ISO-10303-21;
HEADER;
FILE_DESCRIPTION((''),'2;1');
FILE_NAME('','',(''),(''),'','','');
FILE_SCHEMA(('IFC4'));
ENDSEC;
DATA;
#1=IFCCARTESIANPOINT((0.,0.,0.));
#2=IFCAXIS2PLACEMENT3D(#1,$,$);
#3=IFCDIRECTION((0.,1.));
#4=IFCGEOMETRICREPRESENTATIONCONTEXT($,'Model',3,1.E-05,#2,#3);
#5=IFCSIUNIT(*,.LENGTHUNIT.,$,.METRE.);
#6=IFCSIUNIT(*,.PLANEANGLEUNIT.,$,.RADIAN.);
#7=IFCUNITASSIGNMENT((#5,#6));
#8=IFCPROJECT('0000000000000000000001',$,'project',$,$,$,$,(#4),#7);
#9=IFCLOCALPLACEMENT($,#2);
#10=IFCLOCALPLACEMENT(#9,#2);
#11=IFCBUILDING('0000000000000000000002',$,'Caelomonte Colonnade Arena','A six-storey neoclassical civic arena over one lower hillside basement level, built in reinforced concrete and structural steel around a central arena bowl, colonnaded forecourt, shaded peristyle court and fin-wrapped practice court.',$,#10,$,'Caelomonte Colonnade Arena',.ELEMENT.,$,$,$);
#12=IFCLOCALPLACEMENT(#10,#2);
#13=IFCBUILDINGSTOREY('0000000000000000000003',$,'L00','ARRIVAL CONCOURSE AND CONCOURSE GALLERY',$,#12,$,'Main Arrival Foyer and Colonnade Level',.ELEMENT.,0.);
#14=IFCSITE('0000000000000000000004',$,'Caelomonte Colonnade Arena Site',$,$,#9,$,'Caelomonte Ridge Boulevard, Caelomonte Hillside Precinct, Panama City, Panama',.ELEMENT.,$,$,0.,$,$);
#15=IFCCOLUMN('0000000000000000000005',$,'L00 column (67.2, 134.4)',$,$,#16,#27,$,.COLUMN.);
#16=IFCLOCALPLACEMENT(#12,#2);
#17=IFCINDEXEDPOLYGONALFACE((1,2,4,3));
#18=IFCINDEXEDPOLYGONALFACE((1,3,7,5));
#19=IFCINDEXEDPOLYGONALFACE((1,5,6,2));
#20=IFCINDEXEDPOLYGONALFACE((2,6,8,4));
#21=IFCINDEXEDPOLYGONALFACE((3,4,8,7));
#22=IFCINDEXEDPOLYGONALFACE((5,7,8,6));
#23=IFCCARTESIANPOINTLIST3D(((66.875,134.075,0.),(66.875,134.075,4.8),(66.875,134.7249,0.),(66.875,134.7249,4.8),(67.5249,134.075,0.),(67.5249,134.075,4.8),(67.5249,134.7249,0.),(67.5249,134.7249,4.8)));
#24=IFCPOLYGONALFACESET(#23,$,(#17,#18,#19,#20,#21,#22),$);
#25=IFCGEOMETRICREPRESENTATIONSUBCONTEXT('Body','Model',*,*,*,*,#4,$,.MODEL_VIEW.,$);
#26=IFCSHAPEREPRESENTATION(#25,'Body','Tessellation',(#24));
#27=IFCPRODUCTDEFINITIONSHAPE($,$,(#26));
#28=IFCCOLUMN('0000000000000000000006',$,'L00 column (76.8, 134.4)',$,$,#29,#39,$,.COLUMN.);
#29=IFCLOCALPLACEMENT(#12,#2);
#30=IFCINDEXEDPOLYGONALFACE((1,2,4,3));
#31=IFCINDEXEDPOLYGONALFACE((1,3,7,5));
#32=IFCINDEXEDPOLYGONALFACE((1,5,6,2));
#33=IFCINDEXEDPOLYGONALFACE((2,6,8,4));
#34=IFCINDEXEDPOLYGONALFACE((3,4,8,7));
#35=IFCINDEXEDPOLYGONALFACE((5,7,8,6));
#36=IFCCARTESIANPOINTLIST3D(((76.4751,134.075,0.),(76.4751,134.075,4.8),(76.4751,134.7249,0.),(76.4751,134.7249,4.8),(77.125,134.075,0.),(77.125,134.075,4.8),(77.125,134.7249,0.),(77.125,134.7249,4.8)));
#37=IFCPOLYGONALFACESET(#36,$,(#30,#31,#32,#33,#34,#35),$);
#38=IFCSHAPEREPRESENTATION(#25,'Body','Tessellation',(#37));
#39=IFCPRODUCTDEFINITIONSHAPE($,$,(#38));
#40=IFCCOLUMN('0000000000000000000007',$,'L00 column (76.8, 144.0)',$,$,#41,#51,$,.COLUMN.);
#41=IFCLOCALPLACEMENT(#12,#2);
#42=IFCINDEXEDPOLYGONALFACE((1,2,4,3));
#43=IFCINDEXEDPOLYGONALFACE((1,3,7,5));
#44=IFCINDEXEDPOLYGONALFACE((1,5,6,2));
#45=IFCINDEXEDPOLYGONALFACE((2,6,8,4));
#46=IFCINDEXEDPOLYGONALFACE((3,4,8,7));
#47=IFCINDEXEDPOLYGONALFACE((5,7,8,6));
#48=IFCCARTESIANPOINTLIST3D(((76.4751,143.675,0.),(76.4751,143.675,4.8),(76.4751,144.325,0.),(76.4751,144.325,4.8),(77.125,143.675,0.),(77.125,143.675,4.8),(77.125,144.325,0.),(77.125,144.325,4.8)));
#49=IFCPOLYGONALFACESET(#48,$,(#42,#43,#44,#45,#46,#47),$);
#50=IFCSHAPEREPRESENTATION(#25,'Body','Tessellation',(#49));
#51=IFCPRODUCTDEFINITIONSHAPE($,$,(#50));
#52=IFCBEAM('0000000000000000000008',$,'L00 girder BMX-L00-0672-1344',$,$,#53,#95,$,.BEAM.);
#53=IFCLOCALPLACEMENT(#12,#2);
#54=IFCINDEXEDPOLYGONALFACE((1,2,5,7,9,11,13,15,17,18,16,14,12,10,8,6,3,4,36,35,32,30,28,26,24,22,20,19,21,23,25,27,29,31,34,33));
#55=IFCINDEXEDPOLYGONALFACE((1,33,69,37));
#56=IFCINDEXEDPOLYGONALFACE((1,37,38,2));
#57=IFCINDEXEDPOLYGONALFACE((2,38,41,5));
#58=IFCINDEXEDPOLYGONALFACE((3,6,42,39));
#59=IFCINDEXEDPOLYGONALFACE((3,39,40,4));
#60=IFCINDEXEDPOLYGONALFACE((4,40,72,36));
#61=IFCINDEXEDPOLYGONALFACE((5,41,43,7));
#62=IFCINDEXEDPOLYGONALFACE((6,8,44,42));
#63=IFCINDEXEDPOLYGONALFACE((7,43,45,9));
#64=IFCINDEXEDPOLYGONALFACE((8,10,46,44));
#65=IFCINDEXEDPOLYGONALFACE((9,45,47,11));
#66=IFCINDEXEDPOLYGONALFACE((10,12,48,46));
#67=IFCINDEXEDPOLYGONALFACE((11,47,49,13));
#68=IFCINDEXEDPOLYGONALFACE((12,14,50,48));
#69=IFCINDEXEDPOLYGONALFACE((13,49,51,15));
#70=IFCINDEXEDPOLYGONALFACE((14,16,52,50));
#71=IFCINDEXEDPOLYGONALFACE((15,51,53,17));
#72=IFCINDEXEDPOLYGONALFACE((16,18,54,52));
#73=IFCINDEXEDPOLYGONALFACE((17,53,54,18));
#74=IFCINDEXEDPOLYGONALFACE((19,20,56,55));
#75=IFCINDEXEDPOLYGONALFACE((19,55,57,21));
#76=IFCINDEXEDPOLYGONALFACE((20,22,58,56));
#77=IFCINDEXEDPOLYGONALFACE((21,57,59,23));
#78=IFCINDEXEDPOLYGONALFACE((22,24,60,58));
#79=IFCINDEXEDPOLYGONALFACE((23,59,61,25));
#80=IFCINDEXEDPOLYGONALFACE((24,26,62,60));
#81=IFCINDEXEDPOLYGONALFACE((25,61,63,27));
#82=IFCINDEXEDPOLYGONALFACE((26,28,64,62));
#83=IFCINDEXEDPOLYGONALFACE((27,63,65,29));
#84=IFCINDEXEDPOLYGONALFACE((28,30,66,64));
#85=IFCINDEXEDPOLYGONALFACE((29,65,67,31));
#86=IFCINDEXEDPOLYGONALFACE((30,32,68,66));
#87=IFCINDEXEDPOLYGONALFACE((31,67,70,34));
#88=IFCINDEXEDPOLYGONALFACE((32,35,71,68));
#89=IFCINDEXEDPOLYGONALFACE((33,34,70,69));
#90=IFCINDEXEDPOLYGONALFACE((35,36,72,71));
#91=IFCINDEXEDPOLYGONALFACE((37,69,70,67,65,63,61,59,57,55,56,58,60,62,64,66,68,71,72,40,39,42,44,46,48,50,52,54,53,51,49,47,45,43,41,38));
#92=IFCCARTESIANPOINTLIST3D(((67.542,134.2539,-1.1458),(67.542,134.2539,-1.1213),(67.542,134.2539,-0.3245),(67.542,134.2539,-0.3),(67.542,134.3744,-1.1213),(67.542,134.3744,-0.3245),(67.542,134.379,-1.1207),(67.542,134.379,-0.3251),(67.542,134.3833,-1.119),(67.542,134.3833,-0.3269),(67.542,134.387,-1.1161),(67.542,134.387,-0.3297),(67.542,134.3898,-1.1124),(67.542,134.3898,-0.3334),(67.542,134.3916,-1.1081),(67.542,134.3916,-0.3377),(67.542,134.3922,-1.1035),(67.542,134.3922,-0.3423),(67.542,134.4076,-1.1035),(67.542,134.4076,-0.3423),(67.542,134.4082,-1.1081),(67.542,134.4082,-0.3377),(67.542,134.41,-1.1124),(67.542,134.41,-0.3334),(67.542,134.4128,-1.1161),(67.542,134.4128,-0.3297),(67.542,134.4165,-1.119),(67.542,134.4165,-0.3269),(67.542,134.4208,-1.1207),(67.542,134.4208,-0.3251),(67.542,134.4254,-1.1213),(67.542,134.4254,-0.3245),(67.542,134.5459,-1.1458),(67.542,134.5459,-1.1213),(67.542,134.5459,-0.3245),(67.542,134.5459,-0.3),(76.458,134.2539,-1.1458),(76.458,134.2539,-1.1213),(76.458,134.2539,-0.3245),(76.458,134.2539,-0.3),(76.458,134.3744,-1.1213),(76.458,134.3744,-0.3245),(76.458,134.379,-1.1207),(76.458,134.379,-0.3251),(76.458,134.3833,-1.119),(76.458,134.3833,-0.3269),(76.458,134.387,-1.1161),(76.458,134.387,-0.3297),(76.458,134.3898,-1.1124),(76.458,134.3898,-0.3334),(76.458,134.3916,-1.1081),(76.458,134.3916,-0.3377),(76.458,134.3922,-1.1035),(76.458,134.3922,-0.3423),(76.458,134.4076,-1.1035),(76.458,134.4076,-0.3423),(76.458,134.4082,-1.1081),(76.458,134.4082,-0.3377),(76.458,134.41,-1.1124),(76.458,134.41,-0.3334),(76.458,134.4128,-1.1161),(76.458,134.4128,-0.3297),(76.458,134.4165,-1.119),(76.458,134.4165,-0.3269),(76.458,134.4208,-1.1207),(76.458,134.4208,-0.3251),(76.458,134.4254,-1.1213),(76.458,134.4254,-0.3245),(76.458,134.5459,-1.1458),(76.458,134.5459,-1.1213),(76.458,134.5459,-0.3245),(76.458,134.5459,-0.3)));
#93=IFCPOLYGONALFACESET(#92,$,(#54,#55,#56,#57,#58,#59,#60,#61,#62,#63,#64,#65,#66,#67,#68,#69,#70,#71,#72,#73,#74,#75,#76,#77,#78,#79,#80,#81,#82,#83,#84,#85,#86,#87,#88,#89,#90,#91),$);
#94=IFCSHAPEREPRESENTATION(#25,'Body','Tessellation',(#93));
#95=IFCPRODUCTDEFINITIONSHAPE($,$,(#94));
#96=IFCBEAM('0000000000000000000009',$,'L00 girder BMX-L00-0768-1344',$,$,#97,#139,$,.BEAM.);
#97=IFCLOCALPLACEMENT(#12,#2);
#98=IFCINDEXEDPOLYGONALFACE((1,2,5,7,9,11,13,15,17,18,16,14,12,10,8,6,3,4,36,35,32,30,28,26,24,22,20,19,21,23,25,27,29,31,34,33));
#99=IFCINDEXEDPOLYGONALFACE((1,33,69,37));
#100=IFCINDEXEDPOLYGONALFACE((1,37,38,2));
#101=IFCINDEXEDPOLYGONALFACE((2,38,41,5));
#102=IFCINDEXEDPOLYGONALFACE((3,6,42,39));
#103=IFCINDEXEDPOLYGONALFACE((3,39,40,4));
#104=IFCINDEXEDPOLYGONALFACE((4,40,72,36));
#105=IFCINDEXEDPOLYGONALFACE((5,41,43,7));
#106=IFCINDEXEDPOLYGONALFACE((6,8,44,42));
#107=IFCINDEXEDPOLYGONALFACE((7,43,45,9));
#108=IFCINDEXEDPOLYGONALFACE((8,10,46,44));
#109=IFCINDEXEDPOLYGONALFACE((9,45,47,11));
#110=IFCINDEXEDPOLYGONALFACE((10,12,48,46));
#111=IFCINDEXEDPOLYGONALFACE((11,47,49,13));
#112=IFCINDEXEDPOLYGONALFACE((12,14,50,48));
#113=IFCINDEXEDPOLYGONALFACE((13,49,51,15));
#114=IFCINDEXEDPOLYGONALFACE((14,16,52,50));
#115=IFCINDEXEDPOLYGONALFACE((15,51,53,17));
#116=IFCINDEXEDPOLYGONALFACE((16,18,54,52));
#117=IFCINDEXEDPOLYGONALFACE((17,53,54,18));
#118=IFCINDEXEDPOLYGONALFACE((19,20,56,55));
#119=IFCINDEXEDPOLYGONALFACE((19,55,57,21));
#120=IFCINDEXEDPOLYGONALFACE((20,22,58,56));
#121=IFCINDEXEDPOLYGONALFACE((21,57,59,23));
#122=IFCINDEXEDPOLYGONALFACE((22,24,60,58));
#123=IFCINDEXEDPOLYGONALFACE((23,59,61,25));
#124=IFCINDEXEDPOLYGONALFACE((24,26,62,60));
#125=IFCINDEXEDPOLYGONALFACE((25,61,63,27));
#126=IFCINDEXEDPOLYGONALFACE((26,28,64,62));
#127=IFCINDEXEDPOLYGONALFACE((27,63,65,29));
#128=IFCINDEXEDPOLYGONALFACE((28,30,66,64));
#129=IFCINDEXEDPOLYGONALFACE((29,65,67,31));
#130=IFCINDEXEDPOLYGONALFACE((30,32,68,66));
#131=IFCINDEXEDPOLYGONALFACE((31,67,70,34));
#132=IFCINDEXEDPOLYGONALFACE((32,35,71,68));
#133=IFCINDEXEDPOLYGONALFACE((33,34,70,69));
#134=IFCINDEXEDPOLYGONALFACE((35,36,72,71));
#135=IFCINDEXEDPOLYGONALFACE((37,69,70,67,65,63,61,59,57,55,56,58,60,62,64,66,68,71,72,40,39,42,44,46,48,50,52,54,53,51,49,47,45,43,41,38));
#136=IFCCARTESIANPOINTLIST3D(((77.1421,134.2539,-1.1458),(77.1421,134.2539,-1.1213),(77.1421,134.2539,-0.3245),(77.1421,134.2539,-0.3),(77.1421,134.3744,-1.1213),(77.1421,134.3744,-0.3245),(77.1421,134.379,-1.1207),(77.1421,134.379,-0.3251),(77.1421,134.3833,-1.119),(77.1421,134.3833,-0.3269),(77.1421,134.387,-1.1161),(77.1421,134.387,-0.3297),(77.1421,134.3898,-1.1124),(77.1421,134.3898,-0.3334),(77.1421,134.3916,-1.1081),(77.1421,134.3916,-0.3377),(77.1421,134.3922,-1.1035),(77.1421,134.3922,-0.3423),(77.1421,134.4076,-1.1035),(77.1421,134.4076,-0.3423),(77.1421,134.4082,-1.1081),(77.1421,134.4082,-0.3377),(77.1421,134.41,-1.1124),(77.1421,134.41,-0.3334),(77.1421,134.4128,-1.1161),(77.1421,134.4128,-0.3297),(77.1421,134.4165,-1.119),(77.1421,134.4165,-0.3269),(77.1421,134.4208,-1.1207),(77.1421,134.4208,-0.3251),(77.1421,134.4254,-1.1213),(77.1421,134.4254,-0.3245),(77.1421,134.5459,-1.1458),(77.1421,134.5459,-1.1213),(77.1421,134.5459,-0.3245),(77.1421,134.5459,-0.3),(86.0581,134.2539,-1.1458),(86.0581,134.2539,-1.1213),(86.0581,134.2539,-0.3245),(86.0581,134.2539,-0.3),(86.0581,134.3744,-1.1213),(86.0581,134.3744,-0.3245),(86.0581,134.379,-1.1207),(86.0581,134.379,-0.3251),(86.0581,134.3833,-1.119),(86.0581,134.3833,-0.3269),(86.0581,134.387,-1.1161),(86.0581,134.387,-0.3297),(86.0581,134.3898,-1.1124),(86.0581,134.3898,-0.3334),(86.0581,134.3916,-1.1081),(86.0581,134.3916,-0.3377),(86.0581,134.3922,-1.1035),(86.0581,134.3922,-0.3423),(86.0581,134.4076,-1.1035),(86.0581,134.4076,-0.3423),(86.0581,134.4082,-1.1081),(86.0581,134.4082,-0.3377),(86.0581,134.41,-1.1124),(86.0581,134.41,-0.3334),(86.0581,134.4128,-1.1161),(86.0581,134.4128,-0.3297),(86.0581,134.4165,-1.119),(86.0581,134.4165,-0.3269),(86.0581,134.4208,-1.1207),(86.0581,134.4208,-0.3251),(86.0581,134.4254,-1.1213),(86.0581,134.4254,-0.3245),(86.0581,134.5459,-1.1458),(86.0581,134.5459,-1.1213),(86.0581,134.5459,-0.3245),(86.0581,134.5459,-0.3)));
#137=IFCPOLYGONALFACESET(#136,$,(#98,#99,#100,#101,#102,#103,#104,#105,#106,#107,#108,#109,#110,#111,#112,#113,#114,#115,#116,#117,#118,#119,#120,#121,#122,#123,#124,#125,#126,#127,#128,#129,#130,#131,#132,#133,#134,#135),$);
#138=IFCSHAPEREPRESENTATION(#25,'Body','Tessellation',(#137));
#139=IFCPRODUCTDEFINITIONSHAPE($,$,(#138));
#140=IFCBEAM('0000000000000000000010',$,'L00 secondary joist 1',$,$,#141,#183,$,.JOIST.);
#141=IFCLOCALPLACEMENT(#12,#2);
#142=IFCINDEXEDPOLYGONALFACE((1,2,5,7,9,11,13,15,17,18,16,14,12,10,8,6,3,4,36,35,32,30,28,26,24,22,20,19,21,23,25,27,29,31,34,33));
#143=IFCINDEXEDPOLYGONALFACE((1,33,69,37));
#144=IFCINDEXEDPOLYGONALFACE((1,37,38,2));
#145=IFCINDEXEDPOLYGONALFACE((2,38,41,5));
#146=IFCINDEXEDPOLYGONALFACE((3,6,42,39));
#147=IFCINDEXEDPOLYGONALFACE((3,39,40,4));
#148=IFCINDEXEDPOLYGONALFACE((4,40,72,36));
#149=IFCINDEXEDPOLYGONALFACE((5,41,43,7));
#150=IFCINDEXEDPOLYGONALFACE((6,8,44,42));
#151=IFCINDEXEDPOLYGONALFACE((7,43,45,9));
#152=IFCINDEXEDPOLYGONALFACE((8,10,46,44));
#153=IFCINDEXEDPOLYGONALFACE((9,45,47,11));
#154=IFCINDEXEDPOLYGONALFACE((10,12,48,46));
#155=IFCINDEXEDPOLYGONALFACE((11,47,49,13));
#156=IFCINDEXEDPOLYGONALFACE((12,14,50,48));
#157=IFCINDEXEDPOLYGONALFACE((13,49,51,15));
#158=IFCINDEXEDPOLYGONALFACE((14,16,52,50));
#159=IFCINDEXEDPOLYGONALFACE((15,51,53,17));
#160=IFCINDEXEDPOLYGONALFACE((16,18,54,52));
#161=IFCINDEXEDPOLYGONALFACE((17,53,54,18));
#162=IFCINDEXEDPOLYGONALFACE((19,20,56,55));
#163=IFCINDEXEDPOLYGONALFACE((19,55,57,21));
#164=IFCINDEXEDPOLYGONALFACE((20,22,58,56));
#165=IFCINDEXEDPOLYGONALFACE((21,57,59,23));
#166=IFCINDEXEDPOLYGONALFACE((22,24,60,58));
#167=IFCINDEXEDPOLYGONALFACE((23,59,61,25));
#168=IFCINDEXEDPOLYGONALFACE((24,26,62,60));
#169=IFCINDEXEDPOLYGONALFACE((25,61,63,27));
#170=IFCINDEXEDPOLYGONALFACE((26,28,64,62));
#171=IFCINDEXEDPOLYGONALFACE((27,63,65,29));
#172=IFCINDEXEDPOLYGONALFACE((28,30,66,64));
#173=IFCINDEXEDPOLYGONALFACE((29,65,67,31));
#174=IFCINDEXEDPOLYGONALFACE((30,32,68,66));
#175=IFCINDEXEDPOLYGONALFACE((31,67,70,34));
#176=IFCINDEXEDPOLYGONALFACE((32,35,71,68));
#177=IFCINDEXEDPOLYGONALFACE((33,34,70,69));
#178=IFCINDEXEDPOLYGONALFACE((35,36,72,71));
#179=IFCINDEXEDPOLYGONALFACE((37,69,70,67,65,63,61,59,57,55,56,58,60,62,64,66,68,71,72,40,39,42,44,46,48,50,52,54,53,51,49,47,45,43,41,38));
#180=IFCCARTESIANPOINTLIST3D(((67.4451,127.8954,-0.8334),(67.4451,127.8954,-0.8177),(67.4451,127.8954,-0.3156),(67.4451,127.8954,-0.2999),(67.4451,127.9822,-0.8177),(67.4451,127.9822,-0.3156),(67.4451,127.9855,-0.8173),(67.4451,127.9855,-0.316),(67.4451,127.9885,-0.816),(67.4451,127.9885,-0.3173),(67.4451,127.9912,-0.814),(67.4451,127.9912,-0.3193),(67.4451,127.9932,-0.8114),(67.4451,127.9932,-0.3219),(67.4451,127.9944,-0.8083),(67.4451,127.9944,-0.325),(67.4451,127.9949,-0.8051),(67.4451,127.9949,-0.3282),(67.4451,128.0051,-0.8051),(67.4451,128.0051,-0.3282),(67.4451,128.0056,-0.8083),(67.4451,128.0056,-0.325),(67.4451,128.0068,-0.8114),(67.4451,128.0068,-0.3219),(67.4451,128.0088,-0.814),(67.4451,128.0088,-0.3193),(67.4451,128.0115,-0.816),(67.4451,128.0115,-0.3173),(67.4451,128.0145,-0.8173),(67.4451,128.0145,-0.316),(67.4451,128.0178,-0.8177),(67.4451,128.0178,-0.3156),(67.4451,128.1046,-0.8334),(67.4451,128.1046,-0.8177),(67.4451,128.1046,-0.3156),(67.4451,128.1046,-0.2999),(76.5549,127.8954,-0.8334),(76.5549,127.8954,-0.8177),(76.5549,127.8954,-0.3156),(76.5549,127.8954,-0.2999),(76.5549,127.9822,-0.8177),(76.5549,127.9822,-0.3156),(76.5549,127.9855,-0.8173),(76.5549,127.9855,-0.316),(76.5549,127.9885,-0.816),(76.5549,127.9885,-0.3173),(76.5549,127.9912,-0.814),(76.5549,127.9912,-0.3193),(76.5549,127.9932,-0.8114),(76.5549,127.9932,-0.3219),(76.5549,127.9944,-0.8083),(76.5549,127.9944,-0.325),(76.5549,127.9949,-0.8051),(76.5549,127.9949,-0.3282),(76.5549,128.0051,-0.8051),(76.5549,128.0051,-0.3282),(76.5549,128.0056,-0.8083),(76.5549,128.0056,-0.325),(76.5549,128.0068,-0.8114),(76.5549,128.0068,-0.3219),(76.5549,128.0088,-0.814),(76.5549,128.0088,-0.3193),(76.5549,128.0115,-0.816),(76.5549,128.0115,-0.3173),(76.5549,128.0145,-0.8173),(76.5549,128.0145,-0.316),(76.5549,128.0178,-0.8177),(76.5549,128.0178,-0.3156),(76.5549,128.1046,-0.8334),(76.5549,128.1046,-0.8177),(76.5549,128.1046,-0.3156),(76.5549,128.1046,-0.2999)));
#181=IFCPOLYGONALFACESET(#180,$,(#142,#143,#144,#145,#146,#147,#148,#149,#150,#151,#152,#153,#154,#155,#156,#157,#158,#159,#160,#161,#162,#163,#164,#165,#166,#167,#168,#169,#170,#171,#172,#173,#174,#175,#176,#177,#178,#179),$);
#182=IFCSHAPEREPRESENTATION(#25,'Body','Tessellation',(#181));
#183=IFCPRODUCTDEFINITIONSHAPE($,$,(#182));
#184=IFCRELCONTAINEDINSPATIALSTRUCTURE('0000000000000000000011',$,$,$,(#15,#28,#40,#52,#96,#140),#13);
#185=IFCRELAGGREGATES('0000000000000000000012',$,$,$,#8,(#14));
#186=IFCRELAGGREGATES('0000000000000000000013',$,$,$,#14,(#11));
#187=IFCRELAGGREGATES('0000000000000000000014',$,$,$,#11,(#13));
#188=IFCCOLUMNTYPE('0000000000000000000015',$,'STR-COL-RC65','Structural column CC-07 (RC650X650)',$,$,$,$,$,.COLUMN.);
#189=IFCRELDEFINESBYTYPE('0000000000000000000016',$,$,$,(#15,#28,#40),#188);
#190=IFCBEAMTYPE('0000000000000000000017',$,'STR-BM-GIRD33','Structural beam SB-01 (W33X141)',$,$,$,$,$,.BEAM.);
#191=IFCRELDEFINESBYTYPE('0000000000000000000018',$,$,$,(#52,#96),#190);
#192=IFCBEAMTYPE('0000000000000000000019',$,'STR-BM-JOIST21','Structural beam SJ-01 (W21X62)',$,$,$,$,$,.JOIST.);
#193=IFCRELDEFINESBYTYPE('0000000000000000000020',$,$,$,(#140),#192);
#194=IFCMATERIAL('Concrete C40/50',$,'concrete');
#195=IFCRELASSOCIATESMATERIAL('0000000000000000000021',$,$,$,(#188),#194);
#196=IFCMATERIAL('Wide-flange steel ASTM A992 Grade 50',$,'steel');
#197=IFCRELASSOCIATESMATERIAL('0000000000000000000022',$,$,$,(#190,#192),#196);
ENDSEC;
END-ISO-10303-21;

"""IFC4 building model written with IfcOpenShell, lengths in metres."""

from ifc_helpers import new_model, si_unit, direction, frame, origin, origin_2d, place, context, subcontext, project, spatial, rectangle, i_section, extrude, material, material_profile, profile_set, type_object, element, save


model = new_model("IFC4")

# Units and contexts
model_context = context("Model", 3, precision=1e-05, world=origin(), true_north=direction((0.0, 1.0)))
body_context = subcontext(model_context, "Body", "Model", "MODEL_VIEW")
ifc_project = project(units=[si_unit("LENGTHUNIT", "METRE"), si_unit("PLANEANGLEUNIT", "RADIAN")], contexts=[model_context])

# Site, building, storey
site_placement = place(None, origin())
site = spatial("IfcSite", under=ifc_project, at=site_placement, Name="Caelomonte Colonnade Arena Site", LongName="Caelomonte Ridge Boulevard, Caelomonte Hillside Precinct, Panama City, Panama", CompositionType="ELEMENT", RefElevation=0.0)
building_placement = place(site_placement, origin())
building = spatial("IfcBuilding", under=site, at=building_placement, Name="Caelomonte Colonnade Arena", Description="A six-storey neoclassical civic arena over one lower hillside basement level, built in reinforced concrete and structural steel around a central arena bowl, colonnaded forecourt, shaded peristyle court and fin-wrapped practice court.", LongName="Caelomonte Colonnade Arena", CompositionType="ELEMENT")
storey_placement = place(building_placement, origin())
storey = spatial("IfcBuildingStorey", under=building, at=storey_placement, Name="L00", Description="ARRIVAL CONCOURSE AND CONCOURSE GALLERY", LongName="Main Arrival Foyer and Colonnade Level", CompositionType="ELEMENT", Elevation=0.0)

# Columns
ifc_material_1 = material(Name="Concrete C40/50", Category="concrete")
ifc_material_profile_1 = material_profile(ifc_material_1, rectangle(XDim=0.6499, YDim=0.6499, at=origin_2d()), Name="RC650X650")
ifc_profile_set_1 = profile_set([ifc_material_profile_1], Name="Concrete C40/50")
column_type = type_object("IfcColumnType", Name="STR-COL-RC65", Description="Structural column CC-07 (RC650X650)", PredefinedType="COLUMN", material=ifc_profile_set_1)
for number, where, z_axis, x_axis, name in (
    (1, (67.2, 134.3999, 0.0), (0.0, 0.0, 1.0), (1.0, 0.0, 0.0), "L00 column (67.2, 134.4)"),
    (2, (76.8, 134.3999, 0.0), (0.0, 0.0, 1.0), (1.0, 0.0, 0.0), "L00 column (76.8, 134.4)"),
    (3, (76.8, 144.0, 0.0), (0.0, 0.0, 1.0), (1.0, 0.0, 0.0), "L00 column (76.8, 144.0)"),
):
    element("IfcColumn", number, at=place(storey_placement, frame(where, z_axis=z_axis, x_axis=x_axis)), inside=storey, type_object=column_type, Name=name, PredefinedType="COLUMN", context=body_context, shape_type="SweptSolid", body=[
        extrude(rectangle(XDim=0.6499, YDim=0.6499, at=origin_2d()), origin(), (0.0, 0.0, 1.0), 4.8),
    ])

# Beams
ifc_material_2 = material(Name="Wide-flange steel ASTM A992 Grade 50", Category="steel")
ifc_material_profile_2 = material_profile(ifc_material_2, i_section(OverallWidth=0.292, OverallDepth=0.8457, WebThickness=0.0154, FlangeThickness=0.0244, FilletRadius=0.0178, at=origin_2d()), Name="W33X141")
ifc_profile_set_2 = profile_set([ifc_material_profile_2], Name="Wide-flange steel ASTM A992 Grade 50")
beam_type_1 = type_object("IfcBeamType", Name="STR-BM-GIRD33", Description="Structural beam SB-01 (W33X141)", PredefinedType="BEAM", material=ifc_profile_set_2)
for number, where, z_axis, x_axis, name in (
    (4, (67.542, 134.3999, -0.7229), (1.0, 0.0, 0.0), (0.0, 1.0, 0.0), "L00 girder BMX-L00-0672-1344"),
    (5, (77.1421, 134.3999, -0.7229), (1.0, 0.0, 0.0), (0.0, 1.0, 0.0), "L00 girder BMX-L00-0768-1344"),
):
    element("IfcBeam", number, at=place(storey_placement, frame(where, z_axis=z_axis, x_axis=x_axis)), inside=storey, type_object=beam_type_1, Name=name, PredefinedType="BEAM", context=body_context, shape_type="SweptSolid", body=[
        extrude(i_section(OverallWidth=0.292, OverallDepth=0.8457, WebThickness=0.0154, FlangeThickness=0.0244, FilletRadius=0.0178, at=origin_2d()), origin(), (0.0, 0.0, 1.0), 8.916),
    ])
ifc_material_profile_3 = material_profile(ifc_material_2, i_section(OverallWidth=0.2092, OverallDepth=0.5334, WebThickness=0.0103, FlangeThickness=0.0156, FilletRadius=0.0127, at=origin_2d()), Name="W21X62")
ifc_profile_set_3 = profile_set([ifc_material_profile_3], Name="Wide-flange steel ASTM A992 Grade 50")
beam_type_2 = type_object("IfcBeamType", Name="STR-BM-JOIST21", Description="Structural beam SJ-01 (W21X62)", PredefinedType="JOIST", material=ifc_profile_set_3)
for number, where, z_axis, x_axis, name in (
    (6, (67.4451, 128.0, -0.5667), (1.0, 0.0, 0.0), (0.0, 1.0, 0.0), "L00 secondary joist 1"),
):
    element("IfcBeam", number, at=place(storey_placement, frame(where, z_axis=z_axis, x_axis=x_axis)), inside=storey, type_object=beam_type_2, Name=name, PredefinedType="JOIST", context=body_context, shape_type="SweptSolid", body=[
        extrude(i_section(OverallWidth=0.2092, OverallDepth=0.5334, WebThickness=0.0103, FlangeThickness=0.0156, FilletRadius=0.0127, at=origin_2d()), origin(), (0.0, 0.0, 1.0), 9.1099),
    ])

save(model, "model.ifc")
